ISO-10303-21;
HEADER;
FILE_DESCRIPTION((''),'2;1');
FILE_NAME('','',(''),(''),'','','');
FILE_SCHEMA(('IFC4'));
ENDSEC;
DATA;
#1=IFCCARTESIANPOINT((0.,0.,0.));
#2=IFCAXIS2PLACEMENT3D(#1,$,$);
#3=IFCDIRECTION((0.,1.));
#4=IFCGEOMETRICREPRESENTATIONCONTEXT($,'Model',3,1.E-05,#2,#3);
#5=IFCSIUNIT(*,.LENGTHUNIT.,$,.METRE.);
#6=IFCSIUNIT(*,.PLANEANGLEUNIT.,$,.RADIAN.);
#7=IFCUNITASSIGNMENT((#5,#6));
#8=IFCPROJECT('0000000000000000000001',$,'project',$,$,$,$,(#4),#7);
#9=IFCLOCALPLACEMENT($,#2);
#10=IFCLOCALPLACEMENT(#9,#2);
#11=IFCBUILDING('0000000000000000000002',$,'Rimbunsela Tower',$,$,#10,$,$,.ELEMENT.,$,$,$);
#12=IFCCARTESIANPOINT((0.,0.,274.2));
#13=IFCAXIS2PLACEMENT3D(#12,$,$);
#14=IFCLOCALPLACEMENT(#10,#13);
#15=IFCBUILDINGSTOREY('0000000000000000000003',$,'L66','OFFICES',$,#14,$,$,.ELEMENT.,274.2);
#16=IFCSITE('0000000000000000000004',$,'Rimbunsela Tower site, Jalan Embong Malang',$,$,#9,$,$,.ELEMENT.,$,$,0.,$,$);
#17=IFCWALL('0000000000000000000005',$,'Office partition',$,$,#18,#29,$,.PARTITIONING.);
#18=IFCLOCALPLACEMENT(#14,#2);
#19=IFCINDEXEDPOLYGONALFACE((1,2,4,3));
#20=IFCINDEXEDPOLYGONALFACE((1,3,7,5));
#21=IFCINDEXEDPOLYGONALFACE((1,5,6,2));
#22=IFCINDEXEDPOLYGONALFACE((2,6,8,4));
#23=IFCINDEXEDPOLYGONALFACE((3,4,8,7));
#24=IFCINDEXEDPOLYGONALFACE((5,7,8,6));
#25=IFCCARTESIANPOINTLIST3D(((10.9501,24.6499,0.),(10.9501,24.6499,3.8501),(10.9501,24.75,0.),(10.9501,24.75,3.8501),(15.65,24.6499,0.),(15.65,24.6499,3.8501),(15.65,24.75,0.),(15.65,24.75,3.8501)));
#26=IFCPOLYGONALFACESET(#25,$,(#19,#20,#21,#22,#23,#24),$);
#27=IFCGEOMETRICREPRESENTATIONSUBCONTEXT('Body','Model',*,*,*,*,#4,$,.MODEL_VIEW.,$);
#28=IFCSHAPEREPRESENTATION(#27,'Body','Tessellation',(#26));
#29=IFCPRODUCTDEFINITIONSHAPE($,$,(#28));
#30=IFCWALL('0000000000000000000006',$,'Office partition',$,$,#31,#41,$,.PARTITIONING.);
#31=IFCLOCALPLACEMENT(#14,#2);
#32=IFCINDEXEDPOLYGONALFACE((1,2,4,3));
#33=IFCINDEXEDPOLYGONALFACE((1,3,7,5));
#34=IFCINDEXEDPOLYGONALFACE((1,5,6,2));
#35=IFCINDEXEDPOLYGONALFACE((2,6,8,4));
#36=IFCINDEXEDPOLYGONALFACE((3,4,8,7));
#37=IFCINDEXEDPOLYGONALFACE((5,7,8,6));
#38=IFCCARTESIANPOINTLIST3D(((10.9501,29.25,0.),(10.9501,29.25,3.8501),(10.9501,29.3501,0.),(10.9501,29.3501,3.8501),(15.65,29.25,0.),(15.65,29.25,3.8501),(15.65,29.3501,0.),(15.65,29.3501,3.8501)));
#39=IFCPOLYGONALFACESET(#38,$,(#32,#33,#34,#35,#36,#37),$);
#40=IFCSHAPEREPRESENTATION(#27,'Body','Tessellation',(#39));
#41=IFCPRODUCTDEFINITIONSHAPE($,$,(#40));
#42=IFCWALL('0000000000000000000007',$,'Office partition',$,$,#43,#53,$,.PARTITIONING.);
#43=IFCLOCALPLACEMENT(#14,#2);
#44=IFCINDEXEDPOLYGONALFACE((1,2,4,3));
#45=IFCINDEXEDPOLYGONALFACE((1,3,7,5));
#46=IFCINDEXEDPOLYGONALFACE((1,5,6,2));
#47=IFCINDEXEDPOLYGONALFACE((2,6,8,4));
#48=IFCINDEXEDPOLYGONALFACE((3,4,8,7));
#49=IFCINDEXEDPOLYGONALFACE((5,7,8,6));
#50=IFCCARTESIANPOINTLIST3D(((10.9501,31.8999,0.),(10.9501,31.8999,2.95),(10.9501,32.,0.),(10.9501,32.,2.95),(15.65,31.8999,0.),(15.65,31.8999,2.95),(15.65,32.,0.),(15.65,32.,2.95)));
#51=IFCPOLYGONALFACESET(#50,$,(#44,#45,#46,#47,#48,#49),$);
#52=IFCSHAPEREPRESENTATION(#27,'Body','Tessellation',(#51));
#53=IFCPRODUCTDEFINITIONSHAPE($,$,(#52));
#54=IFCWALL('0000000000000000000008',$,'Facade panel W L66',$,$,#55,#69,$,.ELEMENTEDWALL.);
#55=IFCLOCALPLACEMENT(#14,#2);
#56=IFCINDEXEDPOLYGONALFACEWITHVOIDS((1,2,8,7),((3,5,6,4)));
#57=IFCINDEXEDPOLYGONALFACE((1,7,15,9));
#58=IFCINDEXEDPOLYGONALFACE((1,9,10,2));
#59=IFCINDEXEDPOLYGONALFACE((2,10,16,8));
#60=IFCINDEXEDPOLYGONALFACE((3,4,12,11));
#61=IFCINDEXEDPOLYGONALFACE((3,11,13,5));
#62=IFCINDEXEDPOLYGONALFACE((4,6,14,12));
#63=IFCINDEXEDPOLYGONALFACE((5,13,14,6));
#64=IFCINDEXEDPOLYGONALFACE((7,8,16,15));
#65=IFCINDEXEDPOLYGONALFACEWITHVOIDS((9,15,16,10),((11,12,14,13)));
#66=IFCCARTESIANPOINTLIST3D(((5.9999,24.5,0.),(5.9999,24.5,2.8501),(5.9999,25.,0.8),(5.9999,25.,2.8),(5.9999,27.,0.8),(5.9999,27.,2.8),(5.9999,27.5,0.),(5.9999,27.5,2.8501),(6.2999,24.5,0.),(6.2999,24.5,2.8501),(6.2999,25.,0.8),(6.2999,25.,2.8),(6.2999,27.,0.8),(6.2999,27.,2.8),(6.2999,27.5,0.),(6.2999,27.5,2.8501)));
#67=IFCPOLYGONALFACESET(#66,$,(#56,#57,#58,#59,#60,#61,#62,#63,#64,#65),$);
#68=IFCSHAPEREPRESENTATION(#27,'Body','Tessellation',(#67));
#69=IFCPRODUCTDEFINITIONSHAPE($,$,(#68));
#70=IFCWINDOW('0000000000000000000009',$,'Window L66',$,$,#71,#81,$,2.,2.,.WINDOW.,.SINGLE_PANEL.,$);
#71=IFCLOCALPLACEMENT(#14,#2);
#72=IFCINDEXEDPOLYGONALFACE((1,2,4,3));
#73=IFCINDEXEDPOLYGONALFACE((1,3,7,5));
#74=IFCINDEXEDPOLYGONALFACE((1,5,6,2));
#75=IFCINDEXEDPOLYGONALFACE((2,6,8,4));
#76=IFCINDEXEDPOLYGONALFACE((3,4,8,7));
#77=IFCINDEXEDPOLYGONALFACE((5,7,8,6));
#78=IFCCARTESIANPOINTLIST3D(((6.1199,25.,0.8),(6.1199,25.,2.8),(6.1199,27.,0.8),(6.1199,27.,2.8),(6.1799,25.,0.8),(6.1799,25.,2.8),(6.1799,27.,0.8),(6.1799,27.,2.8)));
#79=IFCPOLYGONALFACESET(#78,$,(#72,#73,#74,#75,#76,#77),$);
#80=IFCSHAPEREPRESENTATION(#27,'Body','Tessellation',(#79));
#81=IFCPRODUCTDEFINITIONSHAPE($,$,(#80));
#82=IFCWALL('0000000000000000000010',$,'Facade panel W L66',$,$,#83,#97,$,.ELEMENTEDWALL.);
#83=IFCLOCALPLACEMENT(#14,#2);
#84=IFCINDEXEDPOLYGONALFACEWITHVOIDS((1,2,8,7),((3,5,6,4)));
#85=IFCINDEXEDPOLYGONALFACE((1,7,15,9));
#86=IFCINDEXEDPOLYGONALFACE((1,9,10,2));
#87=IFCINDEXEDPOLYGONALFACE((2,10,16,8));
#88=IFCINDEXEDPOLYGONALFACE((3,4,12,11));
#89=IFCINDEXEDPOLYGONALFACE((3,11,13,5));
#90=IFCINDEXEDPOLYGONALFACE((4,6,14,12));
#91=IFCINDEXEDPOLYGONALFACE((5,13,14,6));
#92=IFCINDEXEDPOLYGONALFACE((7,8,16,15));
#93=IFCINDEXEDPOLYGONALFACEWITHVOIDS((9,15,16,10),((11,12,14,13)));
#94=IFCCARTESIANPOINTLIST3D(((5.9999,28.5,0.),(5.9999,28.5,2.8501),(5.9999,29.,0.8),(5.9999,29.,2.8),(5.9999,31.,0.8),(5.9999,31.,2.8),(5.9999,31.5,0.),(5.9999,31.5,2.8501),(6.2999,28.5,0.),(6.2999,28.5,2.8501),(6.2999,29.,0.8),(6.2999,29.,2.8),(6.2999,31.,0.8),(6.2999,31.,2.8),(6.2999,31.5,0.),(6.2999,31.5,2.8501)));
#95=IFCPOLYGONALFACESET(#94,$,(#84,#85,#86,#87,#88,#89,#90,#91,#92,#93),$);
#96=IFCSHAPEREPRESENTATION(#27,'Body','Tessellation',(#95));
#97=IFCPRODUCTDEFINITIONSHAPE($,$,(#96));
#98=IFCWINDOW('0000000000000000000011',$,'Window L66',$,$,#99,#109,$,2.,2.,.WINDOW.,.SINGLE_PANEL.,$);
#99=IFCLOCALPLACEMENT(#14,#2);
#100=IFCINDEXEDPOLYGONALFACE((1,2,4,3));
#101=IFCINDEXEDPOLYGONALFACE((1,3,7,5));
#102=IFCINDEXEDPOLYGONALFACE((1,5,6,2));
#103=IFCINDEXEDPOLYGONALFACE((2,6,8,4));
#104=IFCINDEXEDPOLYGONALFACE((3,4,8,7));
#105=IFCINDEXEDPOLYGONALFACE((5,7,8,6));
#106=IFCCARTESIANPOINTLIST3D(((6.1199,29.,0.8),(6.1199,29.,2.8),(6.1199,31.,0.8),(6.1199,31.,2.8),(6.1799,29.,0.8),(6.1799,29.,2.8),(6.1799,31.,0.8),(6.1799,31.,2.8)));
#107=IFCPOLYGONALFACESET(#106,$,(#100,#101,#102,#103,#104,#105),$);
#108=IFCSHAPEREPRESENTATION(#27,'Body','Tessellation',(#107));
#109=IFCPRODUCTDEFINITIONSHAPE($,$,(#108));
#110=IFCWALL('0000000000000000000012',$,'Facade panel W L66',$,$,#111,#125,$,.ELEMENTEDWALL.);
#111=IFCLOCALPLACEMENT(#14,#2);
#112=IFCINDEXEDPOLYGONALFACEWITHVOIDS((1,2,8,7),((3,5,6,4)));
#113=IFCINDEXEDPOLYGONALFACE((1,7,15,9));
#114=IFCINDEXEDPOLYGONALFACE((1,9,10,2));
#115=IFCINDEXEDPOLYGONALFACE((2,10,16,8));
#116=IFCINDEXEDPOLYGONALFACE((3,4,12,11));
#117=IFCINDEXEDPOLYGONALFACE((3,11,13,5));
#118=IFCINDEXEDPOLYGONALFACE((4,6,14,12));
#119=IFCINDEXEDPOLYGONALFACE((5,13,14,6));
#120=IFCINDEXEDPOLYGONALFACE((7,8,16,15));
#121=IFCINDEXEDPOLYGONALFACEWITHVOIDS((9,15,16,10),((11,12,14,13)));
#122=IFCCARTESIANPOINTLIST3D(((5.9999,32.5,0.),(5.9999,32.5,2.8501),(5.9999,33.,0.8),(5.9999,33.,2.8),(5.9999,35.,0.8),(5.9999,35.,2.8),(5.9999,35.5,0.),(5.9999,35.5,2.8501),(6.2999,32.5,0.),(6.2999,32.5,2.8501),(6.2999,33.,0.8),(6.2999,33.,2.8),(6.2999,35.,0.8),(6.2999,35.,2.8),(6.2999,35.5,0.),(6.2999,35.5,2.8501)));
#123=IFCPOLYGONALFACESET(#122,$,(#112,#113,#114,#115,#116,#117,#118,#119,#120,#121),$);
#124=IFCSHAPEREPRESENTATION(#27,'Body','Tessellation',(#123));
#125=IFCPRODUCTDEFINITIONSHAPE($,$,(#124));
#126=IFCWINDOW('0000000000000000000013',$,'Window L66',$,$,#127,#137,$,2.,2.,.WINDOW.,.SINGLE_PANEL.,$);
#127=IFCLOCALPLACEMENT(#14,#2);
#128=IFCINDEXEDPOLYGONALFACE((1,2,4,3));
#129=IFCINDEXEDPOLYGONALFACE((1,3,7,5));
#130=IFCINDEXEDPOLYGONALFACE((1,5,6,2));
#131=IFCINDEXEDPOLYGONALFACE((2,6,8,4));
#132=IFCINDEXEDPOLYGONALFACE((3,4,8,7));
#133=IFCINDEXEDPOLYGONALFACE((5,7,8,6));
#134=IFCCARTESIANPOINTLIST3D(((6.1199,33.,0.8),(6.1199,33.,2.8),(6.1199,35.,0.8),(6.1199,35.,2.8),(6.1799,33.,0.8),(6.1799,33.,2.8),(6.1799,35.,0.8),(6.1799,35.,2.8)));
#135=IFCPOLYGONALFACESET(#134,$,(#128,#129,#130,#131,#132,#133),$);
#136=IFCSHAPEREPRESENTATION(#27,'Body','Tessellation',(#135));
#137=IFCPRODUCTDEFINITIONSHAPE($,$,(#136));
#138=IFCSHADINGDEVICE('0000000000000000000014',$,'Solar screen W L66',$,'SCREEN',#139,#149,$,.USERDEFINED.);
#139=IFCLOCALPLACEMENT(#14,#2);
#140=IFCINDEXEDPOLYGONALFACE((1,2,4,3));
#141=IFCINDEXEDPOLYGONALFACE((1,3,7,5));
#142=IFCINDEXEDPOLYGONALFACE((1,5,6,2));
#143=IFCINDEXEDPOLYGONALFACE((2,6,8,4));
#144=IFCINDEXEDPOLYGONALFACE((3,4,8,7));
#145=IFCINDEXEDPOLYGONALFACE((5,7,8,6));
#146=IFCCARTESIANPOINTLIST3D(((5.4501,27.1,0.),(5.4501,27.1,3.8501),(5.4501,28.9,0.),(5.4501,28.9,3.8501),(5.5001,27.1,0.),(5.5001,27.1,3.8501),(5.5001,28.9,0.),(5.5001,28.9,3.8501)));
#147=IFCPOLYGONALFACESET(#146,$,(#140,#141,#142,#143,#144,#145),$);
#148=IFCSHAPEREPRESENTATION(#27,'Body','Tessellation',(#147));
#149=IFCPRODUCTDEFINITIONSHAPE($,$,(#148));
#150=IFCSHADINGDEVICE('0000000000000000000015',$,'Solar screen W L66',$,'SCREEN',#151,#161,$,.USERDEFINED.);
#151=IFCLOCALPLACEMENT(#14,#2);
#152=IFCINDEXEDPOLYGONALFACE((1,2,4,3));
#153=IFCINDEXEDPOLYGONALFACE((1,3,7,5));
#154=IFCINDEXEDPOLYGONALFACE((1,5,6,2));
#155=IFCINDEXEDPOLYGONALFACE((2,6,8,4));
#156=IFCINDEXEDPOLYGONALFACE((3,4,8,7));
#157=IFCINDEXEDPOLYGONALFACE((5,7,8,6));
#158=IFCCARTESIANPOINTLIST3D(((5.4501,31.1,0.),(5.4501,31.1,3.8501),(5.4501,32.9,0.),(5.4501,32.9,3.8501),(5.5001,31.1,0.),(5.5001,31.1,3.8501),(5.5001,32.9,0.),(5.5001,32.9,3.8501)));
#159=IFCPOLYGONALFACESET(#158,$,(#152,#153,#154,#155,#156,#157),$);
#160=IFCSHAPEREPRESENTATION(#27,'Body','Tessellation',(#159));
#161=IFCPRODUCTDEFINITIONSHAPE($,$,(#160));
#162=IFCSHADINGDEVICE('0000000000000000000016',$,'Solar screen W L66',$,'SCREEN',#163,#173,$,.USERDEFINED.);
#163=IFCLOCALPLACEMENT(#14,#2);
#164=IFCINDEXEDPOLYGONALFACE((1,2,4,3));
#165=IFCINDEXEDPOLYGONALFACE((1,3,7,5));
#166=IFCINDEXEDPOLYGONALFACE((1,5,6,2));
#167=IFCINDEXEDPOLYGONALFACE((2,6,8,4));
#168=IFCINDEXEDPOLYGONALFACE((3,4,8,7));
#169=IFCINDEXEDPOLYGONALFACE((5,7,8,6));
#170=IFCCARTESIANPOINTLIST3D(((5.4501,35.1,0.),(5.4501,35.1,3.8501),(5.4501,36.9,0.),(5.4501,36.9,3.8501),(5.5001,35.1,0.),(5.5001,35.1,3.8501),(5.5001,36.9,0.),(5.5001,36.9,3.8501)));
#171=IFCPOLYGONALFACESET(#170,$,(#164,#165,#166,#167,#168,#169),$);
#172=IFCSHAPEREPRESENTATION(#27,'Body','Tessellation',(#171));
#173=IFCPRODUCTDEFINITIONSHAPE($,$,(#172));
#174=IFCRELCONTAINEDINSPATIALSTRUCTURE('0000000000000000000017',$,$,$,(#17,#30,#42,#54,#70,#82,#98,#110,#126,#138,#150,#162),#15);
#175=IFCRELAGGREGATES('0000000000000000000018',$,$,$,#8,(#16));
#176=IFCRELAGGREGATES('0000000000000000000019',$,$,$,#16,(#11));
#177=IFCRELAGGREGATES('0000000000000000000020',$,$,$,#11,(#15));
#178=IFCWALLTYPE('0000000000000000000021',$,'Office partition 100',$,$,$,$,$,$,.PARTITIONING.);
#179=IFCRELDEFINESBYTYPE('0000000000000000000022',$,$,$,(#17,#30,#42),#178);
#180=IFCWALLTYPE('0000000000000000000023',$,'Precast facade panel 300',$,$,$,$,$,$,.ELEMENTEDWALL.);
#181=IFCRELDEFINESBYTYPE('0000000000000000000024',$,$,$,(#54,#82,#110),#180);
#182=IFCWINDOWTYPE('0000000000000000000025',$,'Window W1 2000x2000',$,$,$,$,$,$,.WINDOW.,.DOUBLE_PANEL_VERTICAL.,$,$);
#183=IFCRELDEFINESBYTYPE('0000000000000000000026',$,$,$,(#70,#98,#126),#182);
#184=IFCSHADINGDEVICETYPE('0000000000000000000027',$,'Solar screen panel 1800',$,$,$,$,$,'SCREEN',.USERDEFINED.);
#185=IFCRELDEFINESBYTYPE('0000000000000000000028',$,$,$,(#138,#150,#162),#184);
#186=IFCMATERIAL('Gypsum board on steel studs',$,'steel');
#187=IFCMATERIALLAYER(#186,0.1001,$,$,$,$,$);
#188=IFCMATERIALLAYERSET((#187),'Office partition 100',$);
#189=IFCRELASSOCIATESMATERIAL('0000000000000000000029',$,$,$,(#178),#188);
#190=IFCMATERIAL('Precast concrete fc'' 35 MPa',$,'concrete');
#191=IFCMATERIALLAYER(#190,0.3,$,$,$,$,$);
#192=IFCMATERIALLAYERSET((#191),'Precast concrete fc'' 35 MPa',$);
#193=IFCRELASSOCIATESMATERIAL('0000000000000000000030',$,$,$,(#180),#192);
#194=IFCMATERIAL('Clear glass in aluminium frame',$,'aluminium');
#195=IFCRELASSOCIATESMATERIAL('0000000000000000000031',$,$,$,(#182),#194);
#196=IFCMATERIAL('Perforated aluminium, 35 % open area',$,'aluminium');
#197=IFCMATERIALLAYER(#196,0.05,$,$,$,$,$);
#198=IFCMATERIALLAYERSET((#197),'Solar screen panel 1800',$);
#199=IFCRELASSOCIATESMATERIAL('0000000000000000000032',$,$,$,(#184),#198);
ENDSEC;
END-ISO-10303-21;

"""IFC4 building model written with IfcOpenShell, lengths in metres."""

from ifc_helpers import new_model, si_unit, direction, frame, frame_2d, origin, origin_2d, place, context, subcontext, project, spatial, rectangle, extrude, material, layer, layer_set, type_object, element, fill, save


model = new_model("IFC4")

# Units and contexts
model_context = context("Model", 3, precision=1e-05, world=origin(), true_north=direction((0.0, 1.0)))
body_context = subcontext(model_context, "Body", "Model", "MODEL_VIEW")
ifc_project = project(units=[si_unit("LENGTHUNIT", "METRE"), si_unit("PLANEANGLEUNIT", "RADIAN")], contexts=[model_context])

# Site, building, storey
site_placement = place(None, origin())
site = spatial("IfcSite", under=ifc_project, at=site_placement, Name="Rimbunsela Tower site, Jalan Embong Malang", CompositionType="ELEMENT", RefElevation=0.0)
building_placement = place(site_placement, origin())
building = spatial("IfcBuilding", under=site, at=building_placement, Name="Rimbunsela Tower", CompositionType="ELEMENT")
storey_placement = place(building_placement, frame((0.0, 0.0, 274.2)))
storey = spatial("IfcBuildingStorey", under=building, at=storey_placement, Name="L66", Description="OFFICES", CompositionType="ELEMENT", Elevation=274.2)

# Walls
ifc_material_1 = material(Name="Gypsum board on steel studs", Category="steel")
ifc_layer_1 = layer(ifc_material_1, 0.1001)
ifc_layer_set_1 = layer_set([ifc_layer_1], Name="Office partition 100")
wall_type_1 = type_object("IfcWallType", Name="Office partition 100", PredefinedType="PARTITIONING", material=ifc_layer_set_1)
for number, where, z_axis, x_axis, name in (
    (1, (10.95, 24.7, 0.0), (0.0, 0.0, 1.0), (1.0, 0.0, 0.0), "Office partition"),
    (2, (10.95, 29.3, 0.0), (0.0, 0.0, 1.0), (1.0, 0.0, 0.0), "Office partition"),
):
    element("IfcWall", number, at=place(storey_placement, frame(where, z_axis=z_axis, x_axis=x_axis)), inside=storey, type_object=wall_type_1, Name=name, PredefinedType="PARTITIONING", context=body_context, shape_type="SweptSolid", body=[
        extrude(rectangle(XDim=4.7, YDim=0.1001, at=frame_2d((2.3501, 0.0))), origin(), (0.0, 0.0, 1.0), 3.8501),
    ])
wall_1_placement = place(storey_placement, frame((10.95, 31.95, 0.0), z_axis=(0.0, 0.0, 1.0), x_axis=(1.0, 0.0, 0.0)))
element("IfcWall", 3, at=wall_1_placement, inside=storey, type_object=wall_type_1, Name="Office partition", PredefinedType="PARTITIONING", context=body_context, shape_type="SweptSolid", body=[
    extrude(rectangle(XDim=4.7, YDim=0.1001, at=frame_2d((2.3501, 0.0))), origin(), (0.0, 0.0, 1.0), 2.95),
])

# Walls, openings, windows
ifc_material_2 = material(Name="Precast concrete fc' 35 MPa", Category="concrete")
ifc_layer_2 = layer(ifc_material_2, 0.3)
ifc_layer_set_2 = layer_set([ifc_layer_2], Name="Precast concrete fc' 35 MPa")
wall_type_2 = type_object("IfcWallType", Name="Precast facade panel 300", PredefinedType="ELEMENTEDWALL", material=ifc_layer_set_2)
wall_2_placement = place(storey_placement, frame((6.1499, 27.5, 0.0), z_axis=(0.0, 0.0, 1.0), x_axis=(0.0, -1.0, 0.0)))
wall_2 = element("IfcWall", 4, at=wall_2_placement, inside=storey, type_object=wall_type_2, Name="Facade panel W L66", PredefinedType="ELEMENTEDWALL", context=body_context, shape_type="SweptSolid", body=[
    extrude(rectangle(XDim=3.0, YDim=0.3, at=frame_2d((1.5, 0.0))), origin(), (0.0, 0.0, 1.0), 2.8501),
])
opening_1_placement = place(wall_2_placement, frame((0.5, 0.0, 0.8)))
opening_1 = element("IfcOpeningElement", 5, at=opening_1_placement, cuts=wall_2, PredefinedType="OPENING", context=body_context, shape_type="SweptSolid", body=[
    extrude(rectangle(XDim=2.0, YDim=2.0, at=frame_2d((1.0, 1.0))), frame((0.0, 0.1599, 0.0), z_axis=(0.0, -1.0, 0.0), x_axis=(1.0, 0.0, 0.0)), (0.0, 0.0, 1.0), 0.3201),
])
ifc_material_3 = material(Name="Clear glass in aluminium frame", Category="aluminium")
window_type = type_object("IfcWindowType", Name="Window W1 2000x2000", PartitioningType="DOUBLE_PANEL_VERTICAL", PredefinedType="WINDOW", material=ifc_material_3)
window_1_placement = place(opening_1_placement, origin())
window_1 = element("IfcWindow", 6, at=window_1_placement, inside=storey, type_object=window_type, Name="Window L66", OverallHeight=2.0, OverallWidth=2.0, PartitioningType="SINGLE_PANEL", PredefinedType="WINDOW", context=body_context, shape_type="SweptSolid", body=[
    extrude(rectangle(XDim=2.0, YDim=2.0, at=frame_2d((1.0, 1.0))), frame((0.0, 0.03, 0.0), z_axis=(0.0, -1.0, 0.0), x_axis=(1.0, 0.0, 0.0)), (0.0, 0.0, 1.0), 0.0601),
])
fill(opening_1, window_1)
wall_3_placement = place(storey_placement, frame((6.1499, 31.5, 0.0), z_axis=(0.0, 0.0, 1.0), x_axis=(0.0, -1.0, 0.0)))
wall_3 = element("IfcWall", 7, at=wall_3_placement, inside=storey, type_object=wall_type_2, Name="Facade panel W L66", PredefinedType="ELEMENTEDWALL", context=body_context, shape_type="SweptSolid", body=[
    extrude(rectangle(XDim=3.0, YDim=0.3, at=frame_2d((1.5, 0.0))), origin(), (0.0, 0.0, 1.0), 2.8501),
])
opening_2_placement = place(wall_3_placement, frame((0.5, 0.0, 0.8)))
opening_2 = element("IfcOpeningElement", 8, at=opening_2_placement, cuts=wall_3, PredefinedType="OPENING", context=body_context, shape_type="SweptSolid", body=[
    extrude(rectangle(XDim=2.0, YDim=2.0, at=frame_2d((1.0, 1.0))), frame((0.0, 0.1599, 0.0), z_axis=(0.0, -1.0, 0.0), x_axis=(1.0, 0.0, 0.0)), (0.0, 0.0, 1.0), 0.3201),
])
window_2_placement = place(opening_2_placement, origin())
window_2 = element("IfcWindow", 9, at=window_2_placement, inside=storey, type_object=window_type, Name="Window L66", OverallHeight=2.0, OverallWidth=2.0, PartitioningType="SINGLE_PANEL", PredefinedType="WINDOW", context=body_context, shape_type="SweptSolid", body=[
    extrude(rectangle(XDim=2.0, YDim=2.0, at=frame_2d((1.0, 1.0))), frame((0.0, 0.03, 0.0), z_axis=(0.0, -1.0, 0.0), x_axis=(1.0, 0.0, 0.0)), (0.0, 0.0, 1.0), 0.0601),
])
fill(opening_2, window_2)
wall_4_placement = place(storey_placement, frame((6.1499, 35.5, 0.0), z_axis=(0.0, 0.0, 1.0), x_axis=(0.0, -1.0, 0.0)))
wall_4 = element("IfcWall", 10, at=wall_4_placement, inside=storey, type_object=wall_type_2, Name="Facade panel W L66", PredefinedType="ELEMENTEDWALL", context=body_context, shape_type="SweptSolid", body=[
    extrude(rectangle(XDim=3.0, YDim=0.3, at=frame_2d((1.5, 0.0))), origin(), (0.0, 0.0, 1.0), 2.8501),
])
opening_3_placement = place(wall_4_placement, frame((0.5, 0.0, 0.8)))
opening_3 = element("IfcOpeningElement", 11, at=opening_3_placement, cuts=wall_4, PredefinedType="OPENING", context=body_context, shape_type="SweptSolid", body=[
    extrude(rectangle(XDim=2.0, YDim=2.0, at=frame_2d((1.0, 1.0))), frame((0.0, 0.1599, 0.0), z_axis=(0.0, -1.0, 0.0), x_axis=(1.0, 0.0, 0.0)), (0.0, 0.0, 1.0), 0.3201),
])
window_3_placement = place(opening_3_placement, origin())
window_3 = element("IfcWindow", 12, at=window_3_placement, inside=storey, type_object=window_type, Name="Window L66", OverallHeight=2.0, OverallWidth=2.0, PartitioningType="SINGLE_PANEL", PredefinedType="WINDOW", context=body_context, shape_type="SweptSolid", body=[
    extrude(rectangle(XDim=2.0, YDim=2.0, at=frame_2d((1.0, 1.0))), frame((0.0, 0.03, 0.0), z_axis=(0.0, -1.0, 0.0), x_axis=(1.0, 0.0, 0.0)), (0.0, 0.0, 1.0), 0.0601),
])
fill(opening_3, window_3)

# Shading devices
ifc_material_4 = material(Name="Perforated aluminium, 35 % open area", Category="aluminium")
ifc_layer_3 = layer(ifc_material_4, 0.05)
ifc_layer_set_3 = layer_set([ifc_layer_3], Name="Solar screen panel 1800")
shading_device_type = type_object("IfcShadingDeviceType", Name="Solar screen panel 1800", ElementType="SCREEN", PredefinedType="USERDEFINED", material=ifc_layer_set_3)
for number, where, z_axis, x_axis, name in (
    (13, (5.4751, 28.0, 0.0), (0.0, 0.0, 1.0), (0.0, 1.0, 0.0), "Solar screen W L66"),
    (14, (5.4751, 32.0, 0.0), (0.0, 0.0, 1.0), (0.0, 1.0, 0.0), "Solar screen W L66"),
    (15, (5.4751, 36.0, 0.0), (0.0, 0.0, 1.0), (0.0, 1.0, 0.0), "Solar screen W L66"),
):
    element("IfcShadingDevice", number, at=place(storey_placement, frame(where, z_axis=z_axis, x_axis=x_axis)), inside=storey, type_object=shading_device_type, Name=name, ObjectType="SCREEN", PredefinedType="USERDEFINED", context=body_context, shape_type="SweptSolid", body=[
        extrude(rectangle(XDim=1.8, YDim=0.05, at=origin_2d()), origin(), (0.0, 0.0, 1.0), 3.8501),
    ])

save(model, "model.ifc")
